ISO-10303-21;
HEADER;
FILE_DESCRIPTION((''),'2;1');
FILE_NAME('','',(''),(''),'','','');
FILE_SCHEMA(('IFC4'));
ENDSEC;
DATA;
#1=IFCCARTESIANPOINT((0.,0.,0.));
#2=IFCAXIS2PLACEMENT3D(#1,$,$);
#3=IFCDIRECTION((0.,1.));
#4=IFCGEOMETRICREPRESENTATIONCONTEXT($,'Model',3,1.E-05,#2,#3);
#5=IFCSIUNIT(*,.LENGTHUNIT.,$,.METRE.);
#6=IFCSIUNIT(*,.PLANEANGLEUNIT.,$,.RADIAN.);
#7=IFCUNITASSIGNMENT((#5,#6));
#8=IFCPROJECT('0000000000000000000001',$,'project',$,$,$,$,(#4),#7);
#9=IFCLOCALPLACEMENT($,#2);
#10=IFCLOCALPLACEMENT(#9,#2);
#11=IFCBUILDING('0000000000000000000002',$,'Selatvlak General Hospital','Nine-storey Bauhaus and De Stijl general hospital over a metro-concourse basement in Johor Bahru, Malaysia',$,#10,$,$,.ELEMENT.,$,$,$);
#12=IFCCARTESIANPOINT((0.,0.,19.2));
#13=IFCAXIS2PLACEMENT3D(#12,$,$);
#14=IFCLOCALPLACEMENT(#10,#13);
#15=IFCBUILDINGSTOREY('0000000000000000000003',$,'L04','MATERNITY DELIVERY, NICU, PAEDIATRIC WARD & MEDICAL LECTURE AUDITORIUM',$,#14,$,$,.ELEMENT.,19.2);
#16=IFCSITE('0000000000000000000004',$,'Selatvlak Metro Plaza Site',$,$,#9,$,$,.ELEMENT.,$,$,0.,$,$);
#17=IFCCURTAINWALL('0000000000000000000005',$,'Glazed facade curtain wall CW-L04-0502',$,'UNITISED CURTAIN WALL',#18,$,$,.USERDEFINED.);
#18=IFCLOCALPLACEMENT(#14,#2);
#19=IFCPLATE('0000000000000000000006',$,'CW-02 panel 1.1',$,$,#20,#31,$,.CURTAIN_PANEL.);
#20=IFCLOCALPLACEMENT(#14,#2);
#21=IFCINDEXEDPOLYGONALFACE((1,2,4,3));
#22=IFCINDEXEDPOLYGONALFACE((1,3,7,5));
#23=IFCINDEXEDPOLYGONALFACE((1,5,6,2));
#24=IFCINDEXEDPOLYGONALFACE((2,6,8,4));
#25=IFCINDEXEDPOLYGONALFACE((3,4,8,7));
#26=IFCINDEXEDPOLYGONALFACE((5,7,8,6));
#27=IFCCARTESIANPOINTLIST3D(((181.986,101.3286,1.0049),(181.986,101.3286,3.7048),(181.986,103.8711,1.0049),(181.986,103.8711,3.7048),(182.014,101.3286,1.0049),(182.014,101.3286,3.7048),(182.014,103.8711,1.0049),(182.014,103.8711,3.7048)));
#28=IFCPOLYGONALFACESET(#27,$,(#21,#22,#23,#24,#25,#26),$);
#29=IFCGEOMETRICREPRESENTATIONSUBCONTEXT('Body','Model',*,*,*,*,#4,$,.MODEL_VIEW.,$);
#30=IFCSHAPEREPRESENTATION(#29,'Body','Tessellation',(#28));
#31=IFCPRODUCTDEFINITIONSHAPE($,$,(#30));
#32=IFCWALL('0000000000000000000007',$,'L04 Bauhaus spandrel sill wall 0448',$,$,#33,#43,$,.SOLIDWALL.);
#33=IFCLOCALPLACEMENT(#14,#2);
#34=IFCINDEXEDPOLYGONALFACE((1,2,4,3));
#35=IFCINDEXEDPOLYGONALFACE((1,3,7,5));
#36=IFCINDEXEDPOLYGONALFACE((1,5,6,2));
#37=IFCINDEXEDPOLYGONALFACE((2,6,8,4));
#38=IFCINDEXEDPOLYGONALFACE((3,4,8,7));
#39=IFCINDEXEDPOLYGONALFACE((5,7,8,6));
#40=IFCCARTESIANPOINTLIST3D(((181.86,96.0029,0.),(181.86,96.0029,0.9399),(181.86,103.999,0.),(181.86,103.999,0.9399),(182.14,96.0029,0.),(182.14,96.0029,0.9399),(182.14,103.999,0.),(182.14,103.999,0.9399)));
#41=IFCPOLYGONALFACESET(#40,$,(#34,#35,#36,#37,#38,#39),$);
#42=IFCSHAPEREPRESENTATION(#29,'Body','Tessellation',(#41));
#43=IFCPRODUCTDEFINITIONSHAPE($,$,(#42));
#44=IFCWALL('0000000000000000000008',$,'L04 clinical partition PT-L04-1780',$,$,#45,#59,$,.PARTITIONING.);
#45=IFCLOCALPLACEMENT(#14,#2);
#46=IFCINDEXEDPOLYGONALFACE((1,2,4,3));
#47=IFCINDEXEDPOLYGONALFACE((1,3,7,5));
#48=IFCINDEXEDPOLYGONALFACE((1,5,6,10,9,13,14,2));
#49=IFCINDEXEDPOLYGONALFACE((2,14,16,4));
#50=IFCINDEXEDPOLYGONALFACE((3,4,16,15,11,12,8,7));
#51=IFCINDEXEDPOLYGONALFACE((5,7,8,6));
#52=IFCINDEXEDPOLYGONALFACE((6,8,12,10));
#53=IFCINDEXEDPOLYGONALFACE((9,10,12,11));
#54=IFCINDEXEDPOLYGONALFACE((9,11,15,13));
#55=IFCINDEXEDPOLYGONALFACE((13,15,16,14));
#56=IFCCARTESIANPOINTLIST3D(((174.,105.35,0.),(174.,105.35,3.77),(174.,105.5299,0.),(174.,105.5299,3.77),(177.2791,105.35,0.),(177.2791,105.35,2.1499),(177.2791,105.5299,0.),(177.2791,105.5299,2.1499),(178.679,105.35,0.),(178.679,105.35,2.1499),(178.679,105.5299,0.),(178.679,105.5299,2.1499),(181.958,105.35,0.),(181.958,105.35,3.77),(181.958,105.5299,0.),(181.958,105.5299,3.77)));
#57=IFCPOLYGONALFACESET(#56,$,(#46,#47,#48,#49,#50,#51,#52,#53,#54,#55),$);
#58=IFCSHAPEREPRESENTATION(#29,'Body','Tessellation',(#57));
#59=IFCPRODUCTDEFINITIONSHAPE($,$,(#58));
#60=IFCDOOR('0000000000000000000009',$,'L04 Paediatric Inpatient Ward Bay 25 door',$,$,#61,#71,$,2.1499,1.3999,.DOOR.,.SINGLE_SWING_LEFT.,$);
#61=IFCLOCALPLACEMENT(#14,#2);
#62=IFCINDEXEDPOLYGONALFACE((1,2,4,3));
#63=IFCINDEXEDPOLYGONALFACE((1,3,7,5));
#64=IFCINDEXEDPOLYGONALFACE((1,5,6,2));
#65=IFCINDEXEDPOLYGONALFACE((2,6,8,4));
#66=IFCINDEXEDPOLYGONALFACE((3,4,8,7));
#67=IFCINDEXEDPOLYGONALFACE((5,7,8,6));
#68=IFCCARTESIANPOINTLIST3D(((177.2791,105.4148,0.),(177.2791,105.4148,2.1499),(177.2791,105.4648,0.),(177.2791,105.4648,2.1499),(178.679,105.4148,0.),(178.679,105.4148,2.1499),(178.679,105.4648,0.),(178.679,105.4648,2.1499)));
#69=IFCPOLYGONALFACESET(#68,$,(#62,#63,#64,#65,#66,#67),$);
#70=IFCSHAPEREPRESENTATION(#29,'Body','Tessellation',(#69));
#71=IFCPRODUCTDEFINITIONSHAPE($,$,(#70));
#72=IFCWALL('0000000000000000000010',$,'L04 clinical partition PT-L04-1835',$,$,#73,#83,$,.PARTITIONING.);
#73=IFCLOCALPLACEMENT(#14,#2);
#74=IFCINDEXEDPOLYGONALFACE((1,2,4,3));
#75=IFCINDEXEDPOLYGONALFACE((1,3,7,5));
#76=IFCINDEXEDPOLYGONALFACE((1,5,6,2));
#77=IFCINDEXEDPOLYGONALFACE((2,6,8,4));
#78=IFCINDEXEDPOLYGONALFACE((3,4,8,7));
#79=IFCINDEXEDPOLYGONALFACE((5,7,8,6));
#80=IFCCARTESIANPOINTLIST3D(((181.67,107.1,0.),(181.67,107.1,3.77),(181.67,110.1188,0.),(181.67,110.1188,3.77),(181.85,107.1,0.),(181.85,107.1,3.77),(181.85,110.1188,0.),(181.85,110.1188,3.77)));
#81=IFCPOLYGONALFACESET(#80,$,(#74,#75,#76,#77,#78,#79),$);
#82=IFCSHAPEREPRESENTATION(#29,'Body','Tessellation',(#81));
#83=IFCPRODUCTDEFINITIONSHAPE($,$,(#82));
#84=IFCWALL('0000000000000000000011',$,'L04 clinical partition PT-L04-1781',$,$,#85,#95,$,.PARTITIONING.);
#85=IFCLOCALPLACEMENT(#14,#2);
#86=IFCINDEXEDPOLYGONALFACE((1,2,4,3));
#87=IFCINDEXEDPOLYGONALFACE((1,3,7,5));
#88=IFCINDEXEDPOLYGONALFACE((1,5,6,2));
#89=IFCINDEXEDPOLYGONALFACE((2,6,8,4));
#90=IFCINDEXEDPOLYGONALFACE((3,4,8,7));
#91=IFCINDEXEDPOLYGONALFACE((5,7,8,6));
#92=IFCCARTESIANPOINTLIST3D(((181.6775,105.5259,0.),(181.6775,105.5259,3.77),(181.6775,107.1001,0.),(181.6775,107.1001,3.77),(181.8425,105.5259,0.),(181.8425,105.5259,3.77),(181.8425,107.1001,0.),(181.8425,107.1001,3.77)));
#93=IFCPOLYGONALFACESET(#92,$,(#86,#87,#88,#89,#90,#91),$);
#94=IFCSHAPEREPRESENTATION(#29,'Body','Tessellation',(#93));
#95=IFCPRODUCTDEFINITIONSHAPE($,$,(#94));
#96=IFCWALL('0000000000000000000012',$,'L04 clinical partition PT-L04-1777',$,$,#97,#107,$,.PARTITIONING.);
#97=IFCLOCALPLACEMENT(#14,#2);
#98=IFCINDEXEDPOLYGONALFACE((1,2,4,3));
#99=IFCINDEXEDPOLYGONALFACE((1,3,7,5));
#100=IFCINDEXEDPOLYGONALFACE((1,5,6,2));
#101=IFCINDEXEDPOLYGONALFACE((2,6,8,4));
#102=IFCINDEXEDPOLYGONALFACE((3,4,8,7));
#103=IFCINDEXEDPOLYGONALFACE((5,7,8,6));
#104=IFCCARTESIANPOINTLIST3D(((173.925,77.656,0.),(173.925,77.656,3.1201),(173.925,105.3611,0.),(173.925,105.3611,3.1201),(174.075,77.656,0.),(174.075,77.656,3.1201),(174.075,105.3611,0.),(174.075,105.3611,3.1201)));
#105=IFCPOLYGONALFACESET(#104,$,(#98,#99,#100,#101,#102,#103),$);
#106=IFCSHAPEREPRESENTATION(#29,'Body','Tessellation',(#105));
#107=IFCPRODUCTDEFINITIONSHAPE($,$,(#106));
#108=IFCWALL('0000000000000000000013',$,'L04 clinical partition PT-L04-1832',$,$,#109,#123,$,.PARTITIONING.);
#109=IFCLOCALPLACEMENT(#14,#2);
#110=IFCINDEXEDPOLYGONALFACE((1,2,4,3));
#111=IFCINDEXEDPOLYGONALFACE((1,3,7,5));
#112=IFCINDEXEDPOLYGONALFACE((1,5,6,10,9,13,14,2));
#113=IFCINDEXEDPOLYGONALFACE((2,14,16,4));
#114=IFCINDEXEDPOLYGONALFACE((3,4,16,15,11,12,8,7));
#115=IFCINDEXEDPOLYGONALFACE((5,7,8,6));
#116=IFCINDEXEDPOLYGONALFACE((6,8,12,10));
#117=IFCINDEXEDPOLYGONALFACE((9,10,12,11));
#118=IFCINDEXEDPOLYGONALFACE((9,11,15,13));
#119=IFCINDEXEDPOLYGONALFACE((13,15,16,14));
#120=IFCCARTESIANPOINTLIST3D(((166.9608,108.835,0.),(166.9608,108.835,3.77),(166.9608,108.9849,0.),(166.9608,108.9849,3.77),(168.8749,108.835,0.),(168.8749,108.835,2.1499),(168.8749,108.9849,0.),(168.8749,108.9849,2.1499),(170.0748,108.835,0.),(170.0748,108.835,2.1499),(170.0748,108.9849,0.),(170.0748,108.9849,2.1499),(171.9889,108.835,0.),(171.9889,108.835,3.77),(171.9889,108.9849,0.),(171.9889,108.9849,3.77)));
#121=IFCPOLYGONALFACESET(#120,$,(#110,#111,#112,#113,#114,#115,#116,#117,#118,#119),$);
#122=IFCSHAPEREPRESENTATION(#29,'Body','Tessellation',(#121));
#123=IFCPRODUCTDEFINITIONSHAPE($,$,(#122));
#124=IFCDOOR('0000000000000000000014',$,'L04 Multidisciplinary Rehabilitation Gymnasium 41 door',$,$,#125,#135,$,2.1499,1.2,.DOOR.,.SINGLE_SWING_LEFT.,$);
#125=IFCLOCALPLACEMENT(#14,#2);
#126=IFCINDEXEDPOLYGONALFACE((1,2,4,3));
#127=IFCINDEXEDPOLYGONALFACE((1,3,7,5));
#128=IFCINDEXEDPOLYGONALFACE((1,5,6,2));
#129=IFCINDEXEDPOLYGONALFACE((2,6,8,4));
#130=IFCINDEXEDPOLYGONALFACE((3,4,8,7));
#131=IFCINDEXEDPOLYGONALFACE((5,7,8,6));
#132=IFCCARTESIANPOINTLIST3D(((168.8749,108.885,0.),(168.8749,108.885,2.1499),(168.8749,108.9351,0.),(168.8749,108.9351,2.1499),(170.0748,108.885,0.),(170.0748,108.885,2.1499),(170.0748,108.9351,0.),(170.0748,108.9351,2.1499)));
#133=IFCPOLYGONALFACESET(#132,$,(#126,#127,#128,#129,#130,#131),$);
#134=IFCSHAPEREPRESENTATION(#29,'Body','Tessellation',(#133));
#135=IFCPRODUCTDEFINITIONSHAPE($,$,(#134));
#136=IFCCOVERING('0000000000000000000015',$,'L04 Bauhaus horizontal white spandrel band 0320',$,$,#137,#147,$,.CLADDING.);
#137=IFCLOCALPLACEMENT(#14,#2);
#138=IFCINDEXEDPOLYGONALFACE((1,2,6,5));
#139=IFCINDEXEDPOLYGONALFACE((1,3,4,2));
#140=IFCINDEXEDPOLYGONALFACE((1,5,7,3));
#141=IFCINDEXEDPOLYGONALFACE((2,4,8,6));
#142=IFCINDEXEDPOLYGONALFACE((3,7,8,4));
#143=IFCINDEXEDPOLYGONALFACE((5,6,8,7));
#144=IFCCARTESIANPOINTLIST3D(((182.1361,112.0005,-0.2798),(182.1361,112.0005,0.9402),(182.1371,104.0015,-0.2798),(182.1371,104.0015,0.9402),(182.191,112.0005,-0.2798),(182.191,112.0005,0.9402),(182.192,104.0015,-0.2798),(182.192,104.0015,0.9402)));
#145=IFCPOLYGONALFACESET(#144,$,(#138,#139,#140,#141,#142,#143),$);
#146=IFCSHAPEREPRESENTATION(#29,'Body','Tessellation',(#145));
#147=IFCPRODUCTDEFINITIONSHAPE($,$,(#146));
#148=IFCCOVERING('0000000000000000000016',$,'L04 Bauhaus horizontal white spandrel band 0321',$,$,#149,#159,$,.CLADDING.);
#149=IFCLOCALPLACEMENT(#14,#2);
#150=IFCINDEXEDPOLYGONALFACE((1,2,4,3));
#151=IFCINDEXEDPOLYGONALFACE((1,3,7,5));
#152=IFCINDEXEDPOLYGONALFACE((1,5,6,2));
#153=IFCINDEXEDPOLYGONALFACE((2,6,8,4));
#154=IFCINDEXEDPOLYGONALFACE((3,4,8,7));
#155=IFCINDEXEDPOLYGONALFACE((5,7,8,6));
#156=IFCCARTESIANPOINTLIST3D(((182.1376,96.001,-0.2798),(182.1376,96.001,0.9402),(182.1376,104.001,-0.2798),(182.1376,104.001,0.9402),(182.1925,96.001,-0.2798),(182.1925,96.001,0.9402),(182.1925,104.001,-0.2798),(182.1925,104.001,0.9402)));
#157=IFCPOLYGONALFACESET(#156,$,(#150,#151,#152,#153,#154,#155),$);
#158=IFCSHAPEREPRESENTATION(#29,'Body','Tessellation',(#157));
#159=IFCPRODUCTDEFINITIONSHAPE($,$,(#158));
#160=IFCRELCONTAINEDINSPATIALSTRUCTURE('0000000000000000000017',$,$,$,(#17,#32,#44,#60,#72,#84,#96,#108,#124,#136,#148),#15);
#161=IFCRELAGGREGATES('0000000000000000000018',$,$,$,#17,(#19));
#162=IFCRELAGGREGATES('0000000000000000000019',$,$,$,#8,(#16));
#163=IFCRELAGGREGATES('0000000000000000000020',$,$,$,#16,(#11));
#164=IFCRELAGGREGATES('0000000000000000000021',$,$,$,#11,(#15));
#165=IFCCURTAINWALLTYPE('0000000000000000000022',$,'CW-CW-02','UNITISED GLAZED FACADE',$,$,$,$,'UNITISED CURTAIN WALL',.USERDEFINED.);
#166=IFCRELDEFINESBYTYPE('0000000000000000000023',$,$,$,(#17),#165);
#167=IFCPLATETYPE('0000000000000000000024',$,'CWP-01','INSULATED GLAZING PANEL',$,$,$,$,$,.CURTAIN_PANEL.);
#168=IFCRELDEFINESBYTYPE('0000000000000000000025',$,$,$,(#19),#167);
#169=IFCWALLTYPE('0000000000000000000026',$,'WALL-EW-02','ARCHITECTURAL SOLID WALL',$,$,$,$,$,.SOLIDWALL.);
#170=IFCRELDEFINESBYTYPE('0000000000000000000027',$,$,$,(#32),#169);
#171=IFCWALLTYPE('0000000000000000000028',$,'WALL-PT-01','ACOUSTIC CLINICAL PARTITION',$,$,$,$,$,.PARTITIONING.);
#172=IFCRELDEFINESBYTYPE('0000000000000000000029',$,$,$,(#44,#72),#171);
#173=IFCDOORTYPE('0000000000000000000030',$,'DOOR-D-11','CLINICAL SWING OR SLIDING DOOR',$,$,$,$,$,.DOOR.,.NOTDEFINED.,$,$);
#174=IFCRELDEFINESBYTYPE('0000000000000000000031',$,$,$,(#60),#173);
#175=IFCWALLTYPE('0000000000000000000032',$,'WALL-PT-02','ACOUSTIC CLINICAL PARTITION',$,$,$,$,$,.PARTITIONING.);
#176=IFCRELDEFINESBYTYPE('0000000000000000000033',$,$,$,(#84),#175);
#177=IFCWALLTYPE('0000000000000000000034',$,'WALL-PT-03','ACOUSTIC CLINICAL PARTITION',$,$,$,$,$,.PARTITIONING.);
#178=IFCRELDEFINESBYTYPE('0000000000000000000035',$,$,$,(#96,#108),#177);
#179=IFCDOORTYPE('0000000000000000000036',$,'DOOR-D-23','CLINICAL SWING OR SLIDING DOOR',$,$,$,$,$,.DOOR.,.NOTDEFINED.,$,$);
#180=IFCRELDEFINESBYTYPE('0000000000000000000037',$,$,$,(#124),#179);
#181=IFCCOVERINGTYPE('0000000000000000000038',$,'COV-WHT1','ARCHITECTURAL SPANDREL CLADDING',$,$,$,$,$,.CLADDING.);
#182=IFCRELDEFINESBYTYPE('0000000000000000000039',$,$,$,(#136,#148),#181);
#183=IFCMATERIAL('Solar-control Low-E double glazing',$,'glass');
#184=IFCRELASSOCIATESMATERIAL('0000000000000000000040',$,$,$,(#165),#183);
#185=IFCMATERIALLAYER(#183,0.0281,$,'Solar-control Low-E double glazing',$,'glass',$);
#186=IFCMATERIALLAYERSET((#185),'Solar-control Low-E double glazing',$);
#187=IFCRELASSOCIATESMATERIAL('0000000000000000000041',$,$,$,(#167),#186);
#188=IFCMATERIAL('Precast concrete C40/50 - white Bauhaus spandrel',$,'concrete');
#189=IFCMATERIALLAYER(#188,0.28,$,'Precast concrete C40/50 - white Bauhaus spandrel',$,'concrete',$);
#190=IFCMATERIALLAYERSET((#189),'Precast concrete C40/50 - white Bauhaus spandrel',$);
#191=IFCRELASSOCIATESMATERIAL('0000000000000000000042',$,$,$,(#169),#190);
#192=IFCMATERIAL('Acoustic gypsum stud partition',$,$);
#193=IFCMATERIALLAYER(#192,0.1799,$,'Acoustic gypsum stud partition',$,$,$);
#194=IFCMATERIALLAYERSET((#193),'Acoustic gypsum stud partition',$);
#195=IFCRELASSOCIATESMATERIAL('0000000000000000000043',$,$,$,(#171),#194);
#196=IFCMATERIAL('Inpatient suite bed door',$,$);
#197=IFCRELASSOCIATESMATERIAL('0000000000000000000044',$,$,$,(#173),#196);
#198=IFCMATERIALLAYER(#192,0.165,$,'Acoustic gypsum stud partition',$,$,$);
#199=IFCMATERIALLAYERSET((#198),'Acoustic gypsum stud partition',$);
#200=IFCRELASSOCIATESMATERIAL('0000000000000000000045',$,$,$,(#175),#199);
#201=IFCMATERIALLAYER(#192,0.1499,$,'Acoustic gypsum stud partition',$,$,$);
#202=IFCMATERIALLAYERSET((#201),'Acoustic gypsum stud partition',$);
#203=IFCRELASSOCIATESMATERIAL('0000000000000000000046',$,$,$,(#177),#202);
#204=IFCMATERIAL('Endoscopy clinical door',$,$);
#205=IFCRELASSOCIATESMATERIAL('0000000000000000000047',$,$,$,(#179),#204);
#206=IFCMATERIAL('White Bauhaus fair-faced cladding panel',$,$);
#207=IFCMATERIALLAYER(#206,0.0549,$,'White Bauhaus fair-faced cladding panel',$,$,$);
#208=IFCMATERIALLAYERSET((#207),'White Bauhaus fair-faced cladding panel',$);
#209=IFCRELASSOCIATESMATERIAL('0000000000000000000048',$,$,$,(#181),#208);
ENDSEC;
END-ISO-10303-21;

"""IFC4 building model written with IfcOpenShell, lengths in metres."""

from ifc_helpers import new_model, si_unit, direction, frame, frame_2d, origin, origin_2d, place, context, subcontext, project, spatial, rectangle, extrude, material, layer, layer_set, type_object, element, fill, aggregate, save


model = new_model("IFC4")

# Units and contexts
model_context = context("Model", 3, precision=1e-05, world=origin(), true_north=direction((0.0, 1.0)))
body_context = subcontext(model_context, "Body", "Model", "MODEL_VIEW")
ifc_project = project(units=[si_unit("LENGTHUNIT", "METRE"), si_unit("PLANEANGLEUNIT", "RADIAN")], contexts=[model_context])

# Site, building, storey
site_placement = place(None, origin())
site = spatial("IfcSite", under=ifc_project, at=site_placement, Name="Selatvlak Metro Plaza Site", CompositionType="ELEMENT", RefElevation=0.0)
building_placement = place(site_placement, origin())
building = spatial("IfcBuilding", under=site, at=building_placement, Name="Selatvlak General Hospital", Description="Nine-storey Bauhaus and De Stijl general hospital over a metro-concourse basement in Johor Bahru, Malaysia", CompositionType="ELEMENT")
storey_placement = place(building_placement, frame((0.0, 0.0, 19.2)))
storey = spatial("IfcBuildingStorey", under=building, at=storey_placement, Name="L04", Description="MATERNITY DELIVERY, NICU, PAEDIATRIC WARD & MEDICAL LECTURE AUDITORIUM", CompositionType="ELEMENT", Elevation=19.2)

# Curtain wall
ifc_material_1 = material(Name="Solar-control Low-E double glazing", Category="glass")
curtain_wall_type_1 = type_object("IfcCurtainWallType", Name="CW-CW-02", Description="UNITISED GLAZED FACADE", ElementType="UNITISED CURTAIN WALL", PredefinedType="USERDEFINED", material=ifc_material_1)
curtain_wall_1_placement = place(storey_placement, origin())
curtain_wall_1 = element("IfcCurtainWall", 1, at=curtain_wall_1_placement, inside=storey, type_object=curtain_wall_type_1, Name="Glazed facade curtain wall CW-L04-0502", ObjectType="UNITISED CURTAIN WALL", PredefinedType="USERDEFINED")

# Plate
ifc_layer_1 = layer(ifc_material_1, 0.0281, Name="Solar-control Low-E double glazing", Category="glass")
ifc_layer_set_1 = layer_set([ifc_layer_1], Name="Solar-control Low-E double glazing")
plate_type = type_object("IfcPlateType", Name="CWP-01", Description="INSULATED GLAZING PANEL", PredefinedType="CURTAIN_PANEL", material=ifc_layer_set_1)
plate_1_placement = place(storey_placement, frame((182.0, 102.5999, 1.0049), z_axis=(0.0, 0.0, 1.0), x_axis=(0.0, -1.0, 0.0)))
plate_1 = element("IfcPlate", 2, at=plate_1_placement, type_object=plate_type, Name="CW-02 panel 1.1", PredefinedType="CURTAIN_PANEL", context=body_context, shape_type="SweptSolid", body=[
    extrude(rectangle(XDim=2.5425, YDim=0.0281, at=origin_2d()), origin(), (0.0, 0.0, 1.0), 2.7),
])
aggregate(curtain_wall_1, [plate_1])

# Wall
ifc_material_2 = material(Name="Precast concrete C40/50 - white Bauhaus spandrel", Category="concrete")
ifc_layer_2 = layer(ifc_material_2, 0.28, Name="Precast concrete C40/50 - white Bauhaus spandrel", Category="concrete")
ifc_layer_set_2 = layer_set([ifc_layer_2], Name="Precast concrete C40/50 - white Bauhaus spandrel")
wall_type_1 = type_object("IfcWallType", Name="WALL-EW-02", Description="ARCHITECTURAL SOLID WALL", PredefinedType="SOLIDWALL", material=ifc_layer_set_2)
wall_1_placement = place(storey_placement, frame((182.0, 103.999, 0.0), z_axis=(0.0, 0.0, 1.0), x_axis=(0.0, -1.0, 0.0)))
element("IfcWall", 3, at=wall_1_placement, inside=storey, type_object=wall_type_1, Name="L04 Bauhaus spandrel sill wall 0448", PredefinedType="SOLIDWALL", context=body_context, shape_type="SweptSolid", body=[
    extrude(rectangle(XDim=7.9961, YDim=0.28, at=frame_2d((3.998, 0.0))), origin(), (0.0, 0.0, 1.0), 0.9399),
])

# Wall, opening, door
ifc_material_3 = material(Name="Acoustic gypsum stud partition")
ifc_layer_3 = layer(ifc_material_3, 0.1799, Name="Acoustic gypsum stud partition")
ifc_layer_set_3 = layer_set([ifc_layer_3], Name="Acoustic gypsum stud partition")
wall_type_2 = type_object("IfcWallType", Name="WALL-PT-01", Description="ACOUSTIC CLINICAL PARTITION", PredefinedType="PARTITIONING", material=ifc_layer_set_3)
wall_2_placement = place(storey_placement, frame((174.0, 105.4399, 0.0), z_axis=(0.0, 0.0, 1.0), x_axis=(1.0, 0.0, 0.0)))
wall_2 = element("IfcWall", 4, at=wall_2_placement, inside=storey, type_object=wall_type_2, Name="L04 clinical partition PT-L04-1780", PredefinedType="PARTITIONING", context=body_context, shape_type="SweptSolid", body=[
    extrude(rectangle(XDim=7.958, YDim=0.1799, at=frame_2d((3.979, 0.0))), origin(), (0.0, 0.0, 1.0), 3.77),
])
opening_1_placement = place(wall_2_placement, frame((3.2791, 0.0, 0.0)))
opening_1 = element("IfcOpeningElement", 5, at=opening_1_placement, cuts=wall_2, PredefinedType="OPENING", context=body_context, shape_type="SweptSolid", body=[
    extrude(rectangle(XDim=1.3999, YDim=2.1499, at=frame_2d((0.7, 1.075))), frame((0.0, 0.0999, 0.0), z_axis=(0.0, -1.0, 0.0), x_axis=(1.0, 0.0, 0.0)), (0.0, 0.0, 1.0), 0.2),
])
ifc_material_4 = material(Name="Inpatient suite bed door")
door_type_1 = type_object("IfcDoorType", Name="DOOR-D-11", Description="CLINICAL SWING OR SLIDING DOOR", OperationType="NOTDEFINED", PredefinedType="DOOR", material=ifc_material_4)
door_1_placement = place(opening_1_placement, origin())
door_1 = element("IfcDoor", 6, at=door_1_placement, inside=storey, type_object=door_type_1, Name="L04 Paediatric Inpatient Ward Bay 25 door", OperationType="SINGLE_SWING_LEFT", OverallHeight=2.1499, OverallWidth=1.3999, PredefinedType="DOOR", context=body_context, shape_type="SweptSolid", body=[
    extrude(rectangle(XDim=1.3999, YDim=2.1499, at=frame_2d((0.7, 1.075))), frame((0.0, 0.0249, 0.0), z_axis=(0.0, -1.0, 0.0), x_axis=(1.0, 0.0, 0.0)), (0.0, 0.0, 1.0), 0.05),
])
fill(opening_1, door_1)

# Walls
wall_3_placement = place(storey_placement, frame((181.76, 107.1001, 0.0), z_axis=(0.0, 0.0, 1.0), x_axis=(0.0, 1.0, 0.0)))
element("IfcWall", 7, at=wall_3_placement, inside=storey, type_object=wall_type_2, Name="L04 clinical partition PT-L04-1835", PredefinedType="PARTITIONING", context=body_context, shape_type="SweptSolid", body=[
    extrude(rectangle(XDim=3.0188, YDim=0.1799, at=frame_2d((1.5093, 0.0))), origin(), (0.0, 0.0, 1.0), 3.77),
])
ifc_layer_4 = layer(ifc_material_3, 0.165, Name="Acoustic gypsum stud partition")
ifc_layer_set_4 = layer_set([ifc_layer_4], Name="Acoustic gypsum stud partition")
wall_type_3 = type_object("IfcWallType", Name="WALL-PT-02", Description="ACOUSTIC CLINICAL PARTITION", PredefinedType="PARTITIONING", material=ifc_layer_set_4)
wall_4_placement = place(storey_placement, frame((181.76, 105.5259, 0.0), z_axis=(0.0, 0.0, 1.0), x_axis=(0.0, 1.0, 0.0)))
element("IfcWall", 8, at=wall_4_placement, inside=storey, type_object=wall_type_3, Name="L04 clinical partition PT-L04-1781", PredefinedType="PARTITIONING", context=body_context, shape_type="SweptSolid", body=[
    extrude(rectangle(XDim=1.5742, YDim=0.165, at=frame_2d((0.7871, 0.0))), origin(), (0.0, 0.0, 1.0), 3.77),
])
ifc_layer_5 = layer(ifc_material_3, 0.1499, Name="Acoustic gypsum stud partition")
ifc_layer_set_5 = layer_set([ifc_layer_5], Name="Acoustic gypsum stud partition")
wall_type_4 = type_object("IfcWallType", Name="WALL-PT-03", Description="ACOUSTIC CLINICAL PARTITION", PredefinedType="PARTITIONING", material=ifc_layer_set_5)
wall_5_placement = place(storey_placement, frame((174.0, 105.3611, 0.0), z_axis=(0.0, 0.0, 1.0), x_axis=(0.0, -1.0, 0.0)))
element("IfcWall", 9, at=wall_5_placement, inside=storey, type_object=wall_type_4, Name="L04 clinical partition PT-L04-1777", PredefinedType="PARTITIONING", context=body_context, shape_type="SweptSolid", body=[
    extrude(rectangle(XDim=27.7051, YDim=0.1499, at=frame_2d((13.8525, 0.0))), origin(), (0.0, 0.0, 1.0), 3.1201),
])

# Wall, opening, door
wall_6_placement = place(storey_placement, frame((171.989, 108.9099, 0.0), z_axis=(0.0, 0.0, 1.0), x_axis=(-1.0, 0.0, 0.0)))
wall_6 = element("IfcWall", 10, at=wall_6_placement, inside=storey, type_object=wall_type_4, Name="L04 clinical partition PT-L04-1832", PredefinedType="PARTITIONING", context=body_context, shape_type="SweptSolid", body=[
    extrude(rectangle(XDim=5.0281, YDim=0.1499, at=frame_2d((2.5142, 0.0))), origin(), (0.0, 0.0, 1.0), 3.77),
])
opening_2_placement = place(wall_6_placement, frame((1.9141, 0.0, 0.0)))
opening_2 = element("IfcOpeningElement", 11, at=opening_2_placement, cuts=wall_6, PredefinedType="OPENING", context=body_context, shape_type="SweptSolid", body=[
    extrude(rectangle(XDim=1.2, YDim=2.1499, at=frame_2d((0.6001, 1.075))), frame((0.0, 0.085, 0.0), z_axis=(0.0, -1.0, 0.0), x_axis=(1.0, 0.0, 0.0)), (0.0, 0.0, 1.0), 0.1699),
])
ifc_material_5 = material(Name="Endoscopy clinical door")
door_type_2 = type_object("IfcDoorType", Name="DOOR-D-23", Description="CLINICAL SWING OR SLIDING DOOR", OperationType="NOTDEFINED", PredefinedType="DOOR", material=ifc_material_5)
door_2_placement = place(opening_2_placement, origin())
door_2 = element("IfcDoor", 12, at=door_2_placement, inside=storey, type_object=door_type_2, Name="L04 Multidisciplinary Rehabilitation Gymnasium 41 door", OperationType="SINGLE_SWING_LEFT", OverallHeight=2.1499, OverallWidth=1.2, PredefinedType="DOOR", context=body_context, shape_type="SweptSolid", body=[
    extrude(rectangle(XDim=1.2, YDim=2.1499, at=frame_2d((0.6001, 1.075))), frame((0.0, 0.0249, 0.0), z_axis=(0.0, -1.0, 0.0), x_axis=(1.0, 0.0, 0.0)), (0.0, 0.0, 1.0), 0.05),
])
fill(opening_2, door_2)

# Coverings
ifc_material_6 = material(Name="White Bauhaus fair-faced cladding panel")
ifc_layer_6 = layer(ifc_material_6, 0.0549, Name="White Bauhaus fair-faced cladding panel")
ifc_layer_set_6 = layer_set([ifc_layer_6], Name="White Bauhaus fair-faced cladding panel")
covering_type = type_object("IfcCoveringType", Name="COV-WHT1", Description="ARCHITECTURAL SPANDREL CLADDING", PredefinedType="CLADDING", material=ifc_layer_set_6)
covering_1_placement = place(storey_placement, frame((182.1641, 108.001, -0.2798), z_axis=(0.0, 0.0, 1.0), x_axis=(0.000122, -1.0, 0.0)))
element("IfcCovering", 13, at=covering_1_placement, inside=storey, type_object=covering_type, Name="L04 Bauhaus horizontal white spandrel band 0320", PredefinedType="CLADDING", context=body_context, shape_type="SweptSolid", body=[
    extrude(rectangle(XDim=7.999, YDim=0.0549, at=origin_2d()), origin(), (0.0, 0.0, 1.0), 1.22),
])
covering_2_placement = place(storey_placement, frame((182.165, 100.001, -0.2798), z_axis=(0.0, 0.0, 1.0), x_axis=(0.0, -1.0, 0.0)))
element("IfcCovering", 14, at=covering_2_placement, inside=storey, type_object=covering_type, Name="L04 Bauhaus horizontal white spandrel band 0321", PredefinedType="CLADDING", context=body_context, shape_type="SweptSolid", body=[
    extrude(rectangle(XDim=8.0, YDim=0.0549, at=origin_2d()), origin(), (0.0, 0.0, 1.0), 1.22),
])

save(model, "model.ifc")
